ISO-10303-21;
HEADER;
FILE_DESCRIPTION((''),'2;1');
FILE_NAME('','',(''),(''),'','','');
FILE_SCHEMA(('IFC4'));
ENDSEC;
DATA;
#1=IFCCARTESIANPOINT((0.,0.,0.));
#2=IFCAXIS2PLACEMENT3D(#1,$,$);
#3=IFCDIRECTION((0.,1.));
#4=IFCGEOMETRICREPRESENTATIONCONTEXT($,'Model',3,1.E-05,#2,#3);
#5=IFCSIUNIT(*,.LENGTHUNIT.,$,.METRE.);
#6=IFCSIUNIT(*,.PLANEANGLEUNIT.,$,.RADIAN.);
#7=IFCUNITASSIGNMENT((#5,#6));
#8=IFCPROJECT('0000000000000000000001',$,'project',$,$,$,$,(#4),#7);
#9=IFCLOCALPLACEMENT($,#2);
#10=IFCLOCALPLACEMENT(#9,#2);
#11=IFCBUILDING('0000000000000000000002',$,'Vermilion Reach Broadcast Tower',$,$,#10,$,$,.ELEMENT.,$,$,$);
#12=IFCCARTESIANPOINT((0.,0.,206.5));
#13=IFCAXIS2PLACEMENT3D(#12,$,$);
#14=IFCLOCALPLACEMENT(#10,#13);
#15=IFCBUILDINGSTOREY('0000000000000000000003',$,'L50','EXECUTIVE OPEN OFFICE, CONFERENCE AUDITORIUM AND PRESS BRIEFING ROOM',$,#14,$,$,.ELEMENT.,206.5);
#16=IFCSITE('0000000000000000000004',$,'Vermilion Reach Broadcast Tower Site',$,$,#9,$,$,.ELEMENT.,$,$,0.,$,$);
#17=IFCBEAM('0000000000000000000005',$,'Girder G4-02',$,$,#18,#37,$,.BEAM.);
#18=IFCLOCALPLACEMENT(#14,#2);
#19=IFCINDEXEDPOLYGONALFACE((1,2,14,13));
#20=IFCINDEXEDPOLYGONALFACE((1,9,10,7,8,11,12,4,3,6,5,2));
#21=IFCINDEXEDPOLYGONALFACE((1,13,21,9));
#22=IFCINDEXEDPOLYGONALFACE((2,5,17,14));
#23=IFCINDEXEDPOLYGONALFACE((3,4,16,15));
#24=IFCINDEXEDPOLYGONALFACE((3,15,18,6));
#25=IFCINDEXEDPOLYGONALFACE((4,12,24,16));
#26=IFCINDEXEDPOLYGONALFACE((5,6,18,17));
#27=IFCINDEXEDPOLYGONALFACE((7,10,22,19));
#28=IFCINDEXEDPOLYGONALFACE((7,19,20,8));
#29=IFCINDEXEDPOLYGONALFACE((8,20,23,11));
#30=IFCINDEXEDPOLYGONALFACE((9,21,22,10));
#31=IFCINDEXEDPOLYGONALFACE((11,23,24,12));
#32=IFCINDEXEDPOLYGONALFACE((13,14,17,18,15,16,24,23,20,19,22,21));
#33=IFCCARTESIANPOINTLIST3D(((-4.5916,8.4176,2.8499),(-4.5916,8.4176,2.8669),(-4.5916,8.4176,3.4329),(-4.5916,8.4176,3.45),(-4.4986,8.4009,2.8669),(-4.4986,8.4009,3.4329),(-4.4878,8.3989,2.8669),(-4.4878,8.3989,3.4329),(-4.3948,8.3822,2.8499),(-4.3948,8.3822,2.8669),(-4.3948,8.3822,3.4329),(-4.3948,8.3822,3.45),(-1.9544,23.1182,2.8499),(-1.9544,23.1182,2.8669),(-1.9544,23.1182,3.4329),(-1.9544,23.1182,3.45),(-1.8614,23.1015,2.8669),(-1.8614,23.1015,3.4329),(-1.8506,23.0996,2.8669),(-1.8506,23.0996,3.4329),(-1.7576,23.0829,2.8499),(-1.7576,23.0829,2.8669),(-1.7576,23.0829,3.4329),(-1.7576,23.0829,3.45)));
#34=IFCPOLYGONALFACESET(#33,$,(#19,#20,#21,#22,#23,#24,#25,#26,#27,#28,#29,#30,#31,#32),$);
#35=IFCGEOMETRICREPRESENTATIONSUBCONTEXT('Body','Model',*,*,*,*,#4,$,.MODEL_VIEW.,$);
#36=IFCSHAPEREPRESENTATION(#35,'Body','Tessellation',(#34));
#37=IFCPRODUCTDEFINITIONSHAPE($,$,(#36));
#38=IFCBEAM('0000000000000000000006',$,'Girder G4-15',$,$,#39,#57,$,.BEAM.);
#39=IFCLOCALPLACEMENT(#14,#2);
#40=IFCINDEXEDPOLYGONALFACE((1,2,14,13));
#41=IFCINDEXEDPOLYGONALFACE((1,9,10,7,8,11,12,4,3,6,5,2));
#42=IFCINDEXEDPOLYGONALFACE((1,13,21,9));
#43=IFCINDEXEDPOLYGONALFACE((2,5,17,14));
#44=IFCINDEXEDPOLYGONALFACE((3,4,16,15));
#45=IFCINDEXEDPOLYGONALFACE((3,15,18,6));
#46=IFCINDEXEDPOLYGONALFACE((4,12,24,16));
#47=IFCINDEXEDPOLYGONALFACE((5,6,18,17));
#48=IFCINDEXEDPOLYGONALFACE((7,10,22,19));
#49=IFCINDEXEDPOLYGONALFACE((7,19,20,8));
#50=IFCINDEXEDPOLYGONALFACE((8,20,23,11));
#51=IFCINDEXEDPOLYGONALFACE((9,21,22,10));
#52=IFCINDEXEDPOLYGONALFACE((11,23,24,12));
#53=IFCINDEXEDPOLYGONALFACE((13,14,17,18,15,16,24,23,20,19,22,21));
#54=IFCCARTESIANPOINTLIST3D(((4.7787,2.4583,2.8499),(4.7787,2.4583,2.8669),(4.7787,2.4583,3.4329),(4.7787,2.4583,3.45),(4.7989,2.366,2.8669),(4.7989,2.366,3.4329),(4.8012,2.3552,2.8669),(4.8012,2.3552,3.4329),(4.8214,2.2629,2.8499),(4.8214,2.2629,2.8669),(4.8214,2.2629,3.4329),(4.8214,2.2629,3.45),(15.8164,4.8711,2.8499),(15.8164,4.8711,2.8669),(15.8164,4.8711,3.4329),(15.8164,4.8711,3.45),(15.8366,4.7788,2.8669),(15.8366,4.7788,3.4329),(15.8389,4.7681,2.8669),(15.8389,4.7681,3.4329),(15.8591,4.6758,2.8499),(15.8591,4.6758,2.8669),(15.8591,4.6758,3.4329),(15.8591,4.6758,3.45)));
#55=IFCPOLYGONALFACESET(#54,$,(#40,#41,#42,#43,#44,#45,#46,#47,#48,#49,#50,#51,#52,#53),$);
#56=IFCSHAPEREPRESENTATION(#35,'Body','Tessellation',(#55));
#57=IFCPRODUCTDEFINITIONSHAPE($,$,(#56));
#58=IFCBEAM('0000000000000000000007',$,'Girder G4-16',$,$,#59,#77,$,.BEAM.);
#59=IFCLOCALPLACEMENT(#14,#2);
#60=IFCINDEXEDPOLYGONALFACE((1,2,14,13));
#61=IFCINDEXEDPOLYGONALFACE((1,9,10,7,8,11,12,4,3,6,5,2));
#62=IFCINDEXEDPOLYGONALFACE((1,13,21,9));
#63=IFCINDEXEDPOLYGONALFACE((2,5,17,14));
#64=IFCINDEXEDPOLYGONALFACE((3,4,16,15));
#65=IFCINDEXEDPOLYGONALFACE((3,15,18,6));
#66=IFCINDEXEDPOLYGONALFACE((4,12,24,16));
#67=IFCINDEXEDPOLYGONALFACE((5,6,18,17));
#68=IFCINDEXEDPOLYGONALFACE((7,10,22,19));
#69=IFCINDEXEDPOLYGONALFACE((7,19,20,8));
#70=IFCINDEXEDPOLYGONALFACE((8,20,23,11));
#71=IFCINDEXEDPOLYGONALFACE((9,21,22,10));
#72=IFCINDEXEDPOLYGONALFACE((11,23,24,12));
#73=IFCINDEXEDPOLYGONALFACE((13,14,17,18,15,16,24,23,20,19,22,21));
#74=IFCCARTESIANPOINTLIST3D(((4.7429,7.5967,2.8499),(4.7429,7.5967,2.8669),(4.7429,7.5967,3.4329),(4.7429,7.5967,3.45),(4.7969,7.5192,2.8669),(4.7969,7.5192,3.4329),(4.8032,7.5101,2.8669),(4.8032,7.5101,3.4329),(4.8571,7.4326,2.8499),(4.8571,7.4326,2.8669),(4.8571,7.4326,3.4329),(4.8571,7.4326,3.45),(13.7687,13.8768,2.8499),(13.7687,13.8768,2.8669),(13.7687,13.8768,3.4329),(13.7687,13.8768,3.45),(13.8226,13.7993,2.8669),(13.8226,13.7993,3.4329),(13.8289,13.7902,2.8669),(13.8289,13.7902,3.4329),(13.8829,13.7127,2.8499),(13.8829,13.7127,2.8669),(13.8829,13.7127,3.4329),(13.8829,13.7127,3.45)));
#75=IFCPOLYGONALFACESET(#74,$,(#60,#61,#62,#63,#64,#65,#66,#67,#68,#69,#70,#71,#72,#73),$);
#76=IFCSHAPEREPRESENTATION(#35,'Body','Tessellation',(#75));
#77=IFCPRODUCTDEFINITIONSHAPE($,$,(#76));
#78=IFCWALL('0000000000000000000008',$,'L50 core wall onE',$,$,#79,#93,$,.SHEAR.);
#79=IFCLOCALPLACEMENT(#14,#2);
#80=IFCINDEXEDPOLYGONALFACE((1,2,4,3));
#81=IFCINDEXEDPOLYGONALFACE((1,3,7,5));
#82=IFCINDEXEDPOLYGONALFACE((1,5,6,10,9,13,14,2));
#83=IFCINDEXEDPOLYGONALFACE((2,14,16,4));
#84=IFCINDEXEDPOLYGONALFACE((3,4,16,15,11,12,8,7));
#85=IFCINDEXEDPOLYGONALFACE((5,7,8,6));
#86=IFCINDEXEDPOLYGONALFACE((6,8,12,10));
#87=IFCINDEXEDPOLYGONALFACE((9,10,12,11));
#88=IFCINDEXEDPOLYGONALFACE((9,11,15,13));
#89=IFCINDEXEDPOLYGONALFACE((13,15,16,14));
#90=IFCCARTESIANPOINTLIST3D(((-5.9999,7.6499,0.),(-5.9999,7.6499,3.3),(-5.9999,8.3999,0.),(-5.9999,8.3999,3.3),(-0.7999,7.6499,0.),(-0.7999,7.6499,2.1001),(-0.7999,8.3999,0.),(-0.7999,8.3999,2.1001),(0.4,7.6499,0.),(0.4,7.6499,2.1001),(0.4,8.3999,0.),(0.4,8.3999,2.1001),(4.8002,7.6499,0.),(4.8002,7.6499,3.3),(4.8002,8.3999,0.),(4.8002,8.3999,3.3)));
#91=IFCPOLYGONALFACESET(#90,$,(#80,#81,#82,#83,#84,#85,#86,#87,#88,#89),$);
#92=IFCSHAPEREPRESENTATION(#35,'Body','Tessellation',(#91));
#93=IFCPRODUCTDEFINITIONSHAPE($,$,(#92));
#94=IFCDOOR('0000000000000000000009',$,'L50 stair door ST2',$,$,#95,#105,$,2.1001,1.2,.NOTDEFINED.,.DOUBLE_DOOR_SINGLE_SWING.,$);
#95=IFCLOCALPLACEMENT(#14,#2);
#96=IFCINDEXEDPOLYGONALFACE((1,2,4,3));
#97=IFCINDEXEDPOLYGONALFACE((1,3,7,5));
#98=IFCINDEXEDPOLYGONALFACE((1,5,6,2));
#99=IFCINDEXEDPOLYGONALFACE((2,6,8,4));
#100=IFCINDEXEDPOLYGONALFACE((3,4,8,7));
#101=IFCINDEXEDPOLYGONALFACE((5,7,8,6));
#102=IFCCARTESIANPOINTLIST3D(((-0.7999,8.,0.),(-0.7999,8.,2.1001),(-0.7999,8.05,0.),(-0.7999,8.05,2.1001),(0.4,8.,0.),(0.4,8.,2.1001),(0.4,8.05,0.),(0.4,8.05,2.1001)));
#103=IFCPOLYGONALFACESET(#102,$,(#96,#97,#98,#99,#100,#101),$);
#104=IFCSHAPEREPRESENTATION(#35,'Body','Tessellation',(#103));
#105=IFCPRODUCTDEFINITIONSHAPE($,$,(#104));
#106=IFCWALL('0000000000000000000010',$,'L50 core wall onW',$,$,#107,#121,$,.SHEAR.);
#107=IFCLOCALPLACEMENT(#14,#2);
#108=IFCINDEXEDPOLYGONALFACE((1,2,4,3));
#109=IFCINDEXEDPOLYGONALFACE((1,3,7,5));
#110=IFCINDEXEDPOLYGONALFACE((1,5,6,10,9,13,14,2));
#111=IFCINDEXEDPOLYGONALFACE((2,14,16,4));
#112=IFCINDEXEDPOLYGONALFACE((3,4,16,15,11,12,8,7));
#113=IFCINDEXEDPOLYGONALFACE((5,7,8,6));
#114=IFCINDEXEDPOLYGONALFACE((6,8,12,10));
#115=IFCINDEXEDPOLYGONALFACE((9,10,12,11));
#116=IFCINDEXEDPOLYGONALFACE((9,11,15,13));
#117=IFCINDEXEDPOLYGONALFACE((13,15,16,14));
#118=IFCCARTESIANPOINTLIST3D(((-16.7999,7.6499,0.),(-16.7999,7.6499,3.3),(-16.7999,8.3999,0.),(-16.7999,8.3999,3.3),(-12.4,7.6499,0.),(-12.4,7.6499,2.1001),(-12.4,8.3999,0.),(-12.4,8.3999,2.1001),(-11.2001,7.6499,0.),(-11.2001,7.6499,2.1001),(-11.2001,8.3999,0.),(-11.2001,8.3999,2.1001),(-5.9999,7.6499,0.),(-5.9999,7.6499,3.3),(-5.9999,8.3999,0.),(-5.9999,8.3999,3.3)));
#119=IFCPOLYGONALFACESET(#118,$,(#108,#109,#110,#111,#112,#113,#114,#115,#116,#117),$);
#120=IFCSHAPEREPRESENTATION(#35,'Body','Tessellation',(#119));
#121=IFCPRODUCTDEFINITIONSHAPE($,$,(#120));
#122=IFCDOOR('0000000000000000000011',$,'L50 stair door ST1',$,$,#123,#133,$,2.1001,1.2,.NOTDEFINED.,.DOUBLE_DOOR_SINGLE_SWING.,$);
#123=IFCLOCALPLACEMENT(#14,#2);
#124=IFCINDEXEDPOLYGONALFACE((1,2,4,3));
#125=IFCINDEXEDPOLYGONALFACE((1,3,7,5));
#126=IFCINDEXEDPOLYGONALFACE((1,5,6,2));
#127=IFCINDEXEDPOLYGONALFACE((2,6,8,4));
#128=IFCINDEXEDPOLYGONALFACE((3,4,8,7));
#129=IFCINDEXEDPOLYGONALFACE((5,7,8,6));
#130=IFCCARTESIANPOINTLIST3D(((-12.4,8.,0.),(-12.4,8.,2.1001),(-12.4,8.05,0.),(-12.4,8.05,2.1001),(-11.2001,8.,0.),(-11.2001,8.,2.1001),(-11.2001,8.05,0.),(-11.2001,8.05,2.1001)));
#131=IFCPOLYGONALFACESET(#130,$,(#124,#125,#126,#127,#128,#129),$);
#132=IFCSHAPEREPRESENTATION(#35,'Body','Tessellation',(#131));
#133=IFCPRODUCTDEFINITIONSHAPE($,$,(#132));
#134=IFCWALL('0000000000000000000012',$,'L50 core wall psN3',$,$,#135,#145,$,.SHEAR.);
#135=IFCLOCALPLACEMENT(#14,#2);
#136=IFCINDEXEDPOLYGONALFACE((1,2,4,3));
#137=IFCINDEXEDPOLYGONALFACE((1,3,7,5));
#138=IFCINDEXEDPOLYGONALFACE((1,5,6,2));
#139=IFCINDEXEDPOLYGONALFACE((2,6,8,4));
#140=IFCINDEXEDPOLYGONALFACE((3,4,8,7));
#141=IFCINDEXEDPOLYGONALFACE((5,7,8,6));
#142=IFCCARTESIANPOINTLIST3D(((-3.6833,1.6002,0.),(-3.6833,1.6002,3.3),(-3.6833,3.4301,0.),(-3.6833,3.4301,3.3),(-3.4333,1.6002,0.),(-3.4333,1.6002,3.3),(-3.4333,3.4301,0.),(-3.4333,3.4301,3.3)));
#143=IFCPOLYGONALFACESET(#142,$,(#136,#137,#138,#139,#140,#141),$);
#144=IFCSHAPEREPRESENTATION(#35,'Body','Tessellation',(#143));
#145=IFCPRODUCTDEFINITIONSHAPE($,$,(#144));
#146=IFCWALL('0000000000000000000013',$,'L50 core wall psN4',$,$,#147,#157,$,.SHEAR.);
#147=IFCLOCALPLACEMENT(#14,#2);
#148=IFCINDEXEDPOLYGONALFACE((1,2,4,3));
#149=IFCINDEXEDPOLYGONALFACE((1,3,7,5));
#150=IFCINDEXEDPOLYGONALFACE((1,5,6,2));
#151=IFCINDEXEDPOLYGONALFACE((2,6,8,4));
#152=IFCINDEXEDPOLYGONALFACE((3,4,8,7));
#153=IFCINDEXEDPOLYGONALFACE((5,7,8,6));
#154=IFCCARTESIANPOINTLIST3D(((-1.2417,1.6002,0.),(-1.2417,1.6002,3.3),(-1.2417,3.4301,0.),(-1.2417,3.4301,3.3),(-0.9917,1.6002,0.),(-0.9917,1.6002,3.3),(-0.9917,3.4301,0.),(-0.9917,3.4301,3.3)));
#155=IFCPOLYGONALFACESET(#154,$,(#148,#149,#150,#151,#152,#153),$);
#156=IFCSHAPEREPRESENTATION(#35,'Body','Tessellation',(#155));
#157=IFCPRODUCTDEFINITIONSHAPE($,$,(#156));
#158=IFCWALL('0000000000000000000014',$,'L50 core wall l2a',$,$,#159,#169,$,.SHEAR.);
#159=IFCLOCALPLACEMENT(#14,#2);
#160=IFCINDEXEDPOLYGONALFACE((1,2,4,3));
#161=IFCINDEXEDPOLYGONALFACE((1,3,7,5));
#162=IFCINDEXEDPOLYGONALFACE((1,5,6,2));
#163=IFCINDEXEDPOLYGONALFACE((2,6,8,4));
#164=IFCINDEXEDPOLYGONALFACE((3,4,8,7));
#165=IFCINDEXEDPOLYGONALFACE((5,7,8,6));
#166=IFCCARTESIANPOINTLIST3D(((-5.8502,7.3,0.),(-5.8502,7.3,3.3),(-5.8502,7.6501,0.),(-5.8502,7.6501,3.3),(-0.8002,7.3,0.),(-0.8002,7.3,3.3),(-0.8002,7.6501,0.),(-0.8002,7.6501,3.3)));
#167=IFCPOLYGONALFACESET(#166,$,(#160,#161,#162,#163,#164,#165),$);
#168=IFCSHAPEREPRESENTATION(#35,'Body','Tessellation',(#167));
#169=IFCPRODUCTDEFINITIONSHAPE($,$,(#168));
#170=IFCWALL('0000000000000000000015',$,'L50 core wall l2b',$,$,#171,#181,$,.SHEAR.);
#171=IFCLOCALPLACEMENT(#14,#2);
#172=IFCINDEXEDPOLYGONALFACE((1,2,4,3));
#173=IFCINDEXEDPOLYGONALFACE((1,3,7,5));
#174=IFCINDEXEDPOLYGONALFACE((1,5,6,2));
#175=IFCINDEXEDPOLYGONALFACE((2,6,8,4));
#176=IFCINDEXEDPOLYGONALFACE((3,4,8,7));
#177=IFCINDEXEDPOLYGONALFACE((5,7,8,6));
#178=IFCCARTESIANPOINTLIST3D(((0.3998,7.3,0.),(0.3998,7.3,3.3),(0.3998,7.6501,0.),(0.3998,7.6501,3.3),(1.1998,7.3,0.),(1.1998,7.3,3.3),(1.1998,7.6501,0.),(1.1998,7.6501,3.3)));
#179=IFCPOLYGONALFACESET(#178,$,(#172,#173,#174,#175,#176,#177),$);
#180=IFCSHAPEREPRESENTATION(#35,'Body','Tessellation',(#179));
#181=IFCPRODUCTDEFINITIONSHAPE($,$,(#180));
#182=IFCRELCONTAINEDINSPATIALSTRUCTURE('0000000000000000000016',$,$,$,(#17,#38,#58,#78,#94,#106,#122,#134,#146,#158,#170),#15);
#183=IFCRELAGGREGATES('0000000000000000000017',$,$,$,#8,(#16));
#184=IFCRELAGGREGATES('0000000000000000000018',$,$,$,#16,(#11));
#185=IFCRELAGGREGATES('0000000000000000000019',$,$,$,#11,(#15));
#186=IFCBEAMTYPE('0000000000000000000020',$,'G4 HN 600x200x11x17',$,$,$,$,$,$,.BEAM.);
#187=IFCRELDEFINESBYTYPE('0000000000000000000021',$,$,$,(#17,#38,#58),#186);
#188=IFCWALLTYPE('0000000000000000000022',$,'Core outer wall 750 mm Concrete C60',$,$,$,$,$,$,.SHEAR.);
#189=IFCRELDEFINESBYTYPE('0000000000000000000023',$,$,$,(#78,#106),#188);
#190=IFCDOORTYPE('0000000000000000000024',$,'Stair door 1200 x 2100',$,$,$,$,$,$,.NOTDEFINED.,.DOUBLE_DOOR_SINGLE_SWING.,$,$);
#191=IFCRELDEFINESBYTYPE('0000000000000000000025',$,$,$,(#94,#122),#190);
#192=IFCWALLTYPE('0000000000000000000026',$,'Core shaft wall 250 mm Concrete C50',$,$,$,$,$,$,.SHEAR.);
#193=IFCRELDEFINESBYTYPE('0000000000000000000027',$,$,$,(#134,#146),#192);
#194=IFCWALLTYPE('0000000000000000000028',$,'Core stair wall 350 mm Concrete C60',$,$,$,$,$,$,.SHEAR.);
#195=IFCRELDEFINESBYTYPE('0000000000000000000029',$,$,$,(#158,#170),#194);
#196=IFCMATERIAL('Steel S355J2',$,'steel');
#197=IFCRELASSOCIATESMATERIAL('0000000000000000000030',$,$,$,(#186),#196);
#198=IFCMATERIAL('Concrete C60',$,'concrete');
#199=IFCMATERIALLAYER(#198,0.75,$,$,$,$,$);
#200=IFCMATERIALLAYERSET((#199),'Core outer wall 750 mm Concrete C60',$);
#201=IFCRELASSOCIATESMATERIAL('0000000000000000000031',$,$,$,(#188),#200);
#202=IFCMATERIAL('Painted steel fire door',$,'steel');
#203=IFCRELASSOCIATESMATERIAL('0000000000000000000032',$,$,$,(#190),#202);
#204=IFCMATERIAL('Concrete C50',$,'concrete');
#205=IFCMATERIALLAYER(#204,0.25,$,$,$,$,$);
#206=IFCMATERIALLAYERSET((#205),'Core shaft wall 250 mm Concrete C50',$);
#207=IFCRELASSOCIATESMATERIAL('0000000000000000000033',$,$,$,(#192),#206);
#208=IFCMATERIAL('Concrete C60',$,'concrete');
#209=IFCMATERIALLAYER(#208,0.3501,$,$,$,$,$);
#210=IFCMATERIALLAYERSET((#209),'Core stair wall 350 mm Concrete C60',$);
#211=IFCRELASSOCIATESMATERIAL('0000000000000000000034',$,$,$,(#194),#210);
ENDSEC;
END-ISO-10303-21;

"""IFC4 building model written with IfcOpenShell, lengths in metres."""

from ifc_helpers import new_model, si_unit, direction, frame, frame_2d, origin, origin_2d, place, context, subcontext, project, spatial, rectangle, i_section, extrude, material, layer, layer_set, material_profile, profile_set, type_object, element, fill, save


model = new_model("IFC4")

# Units and contexts
model_context = context("Model", 3, precision=1e-05, world=origin(), true_north=direction((0.0, 1.0)))
body_context = subcontext(model_context, "Body", "Model", "MODEL_VIEW")
ifc_project = project(units=[si_unit("LENGTHUNIT", "METRE"), si_unit("PLANEANGLEUNIT", "RADIAN")], contexts=[model_context])

# Site, building, storey
site_placement = place(None, origin())
site = spatial("IfcSite", under=ifc_project, at=site_placement, Name="Vermilion Reach Broadcast Tower Site", CompositionType="ELEMENT", RefElevation=0.0)
building_placement = place(site_placement, origin())
building = spatial("IfcBuilding", under=site, at=building_placement, Name="Vermilion Reach Broadcast Tower", CompositionType="ELEMENT")
storey_placement = place(building_placement, frame((0.0, 0.0, 206.5)))
storey = spatial("IfcBuildingStorey", under=building, at=storey_placement, Name="L50", Description="EXECUTIVE OPEN OFFICE, CONFERENCE AUDITORIUM AND PRESS BRIEFING ROOM", CompositionType="ELEMENT", Elevation=206.5)

# Beams
ifc_material_1 = material(Name="Steel S355J2", Category="steel")
ifc_material_profile = material_profile(ifc_material_1, i_section(OverallWidth=0.2, OverallDepth=0.6001, WebThickness=0.011, FlangeThickness=0.0171, at=origin_2d()), Name="S355J2 HN 600x200x11x17")
ifc_profile_set = profile_set([ifc_material_profile], Name="Steel S355J2")
beam_type = type_object("IfcBeamType", Name="G4 HN 600x200x11x17", PredefinedType="BEAM", material=ifc_profile_set)
beam_1_placement = place(storey_placement, frame((-4.4932, 8.3999, 3.1499), z_axis=(0.176575, 0.984287, 0.0), x_axis=(-0.984287, 0.176575, 0.0)))
element("IfcBeam", 1, at=beam_1_placement, inside=storey, type_object=beam_type, Name="Girder G4-02", PredefinedType="BEAM", context=body_context, shape_type="SweptSolid", body=[
    extrude(i_section(OverallWidth=0.2, OverallDepth=0.6001, WebThickness=0.011, FlangeThickness=0.0171, at=origin_2d()), origin(), (0.0, 0.0, 1.0), 14.9353),
])
beam_2_placement = place(storey_placement, frame((4.8, 2.3606, 3.1499), z_axis=(0.97693, 0.213559, 0.0), x_axis=(-0.213559, 0.97693, 0.0)))
element("IfcBeam", 2, at=beam_2_placement, inside=storey, type_object=beam_type, Name="Girder G4-15", PredefinedType="BEAM", context=body_context, shape_type="SweptSolid", body=[
    extrude(i_section(OverallWidth=0.2, OverallDepth=0.6001, WebThickness=0.011, FlangeThickness=0.0171, at=origin_2d()), origin(), (0.0, 0.0, 1.0), 11.2983),
])
beam_3_placement = place(storey_placement, frame((4.8, 7.5146, 3.1499), z_axis=(0.820849, 0.571146, 0.0), x_axis=(-0.571146, 0.820849, 0.0)))
element("IfcBeam", 3, at=beam_3_placement, inside=storey, type_object=beam_type, Name="Girder G4-16", PredefinedType="BEAM", context=body_context, shape_type="SweptSolid", body=[
    extrude(i_section(OverallWidth=0.2, OverallDepth=0.6001, WebThickness=0.011, FlangeThickness=0.0171, at=origin_2d()), origin(), (0.0, 0.0, 1.0), 10.9956),
])

# Walls, openings, doors
ifc_material_2 = material(Name="Concrete C60", Category="concrete")
ifc_layer_1 = layer(ifc_material_2, 0.75)
ifc_layer_set_1 = layer_set([ifc_layer_1], Name="Core outer wall 750 mm Concrete C60")
wall_type_1 = type_object("IfcWallType", Name="Core outer wall 750 mm Concrete C60", PredefinedType="SHEAR", material=ifc_layer_set_1)
wall_1_placement = place(storey_placement, frame((4.8, 8.0249, 0.0), z_axis=(0.0, 0.0, 1.0), x_axis=(-1.0, 0.0, 0.0)))
wall_1 = element("IfcWall", 4, at=wall_1_placement, inside=storey, type_object=wall_type_1, Name="L50 core wall onE", PredefinedType="SHEAR", context=body_context, shape_type="SweptSolid", body=[
    extrude(rectangle(XDim=10.8, YDim=0.75, at=frame_2d((5.3999, 0.0))), origin(), (0.0, 0.0, 1.0), 3.3),
])
opening_1_placement = place(wall_1_placement, frame((4.3999, 0.0, 0.0)))
opening_1 = element("IfcOpeningElement", 5, at=opening_1_placement, cuts=wall_1, PredefinedType="OPENING", context=body_context, shape_type="SweptSolid", body=[
    extrude(rectangle(XDim=1.2, YDim=2.1001, at=frame_2d((0.6001, 1.05))), frame((0.0, 0.385, 0.0), z_axis=(0.0, -1.0, 0.0), x_axis=(1.0, 0.0, 0.0)), (0.0, 0.0, 1.0), 0.77),
])
ifc_material_3 = material(Name="Painted steel fire door", Category="steel")
door_type = type_object("IfcDoorType", Name="Stair door 1200 x 2100", OperationType="DOUBLE_DOOR_SINGLE_SWING", PredefinedType="NOTDEFINED", material=ifc_material_3)
door_1_placement = place(opening_1_placement, origin())
door_1 = element("IfcDoor", 6, at=door_1_placement, inside=storey, type_object=door_type, Name="L50 stair door ST2", OperationType="DOUBLE_DOOR_SINGLE_SWING", OverallHeight=2.1001, OverallWidth=1.2, PredefinedType="NOTDEFINED", context=body_context, shape_type="SweptSolid", body=[
    extrude(rectangle(XDim=1.2, YDim=2.1001, at=frame_2d((0.6001, 1.05))), frame((0.0, 0.0249, 0.0), z_axis=(0.0, -1.0, 0.0), x_axis=(1.0, 0.0, 0.0)), (0.0, 0.0, 1.0), 0.05),
])
fill(opening_1, door_1)
wall_2_placement = place(storey_placement, frame((-6.0, 8.0249, 0.0), z_axis=(0.0, 0.0, 1.0), x_axis=(-1.0, 0.0, 0.0)))
wall_2 = element("IfcWall", 7, at=wall_2_placement, inside=storey, type_object=wall_type_1, Name="L50 core wall onW", PredefinedType="SHEAR", context=body_context, shape_type="SweptSolid", body=[
    extrude(rectangle(XDim=10.8, YDim=0.75, at=frame_2d((5.3999, 0.0))), origin(), (0.0, 0.0, 1.0), 3.3),
])
opening_2_placement = place(wall_2_placement, frame((5.2, 0.0, 0.0)))
opening_2 = element("IfcOpeningElement", 8, at=opening_2_placement, cuts=wall_2, PredefinedType="OPENING", context=body_context, shape_type="SweptSolid", body=[
    extrude(rectangle(XDim=1.2, YDim=2.1001, at=frame_2d((0.6001, 1.05))), frame((0.0, 0.385, 0.0), z_axis=(0.0, -1.0, 0.0), x_axis=(1.0, 0.0, 0.0)), (0.0, 0.0, 1.0), 0.77),
])
door_2_placement = place(opening_2_placement, origin())
door_2 = element("IfcDoor", 9, at=door_2_placement, inside=storey, type_object=door_type, Name="L50 stair door ST1", OperationType="DOUBLE_DOOR_SINGLE_SWING", OverallHeight=2.1001, OverallWidth=1.2, PredefinedType="NOTDEFINED", context=body_context, shape_type="SweptSolid", body=[
    extrude(rectangle(XDim=1.2, YDim=2.1001, at=frame_2d((0.6001, 1.05))), frame((0.0, 0.0249, 0.0), z_axis=(0.0, -1.0, 0.0), x_axis=(1.0, 0.0, 0.0)), (0.0, 0.0, 1.0), 0.05),
])
fill(opening_2, door_2)

# Walls
ifc_material_4 = material(Name="Concrete C50", Category="concrete")
ifc_layer_2 = layer(ifc_material_4, 0.25)
ifc_layer_set_2 = layer_set([ifc_layer_2], Name="Core shaft wall 250 mm Concrete C50")
wall_type_2 = type_object("IfcWallType", Name="Core shaft wall 250 mm Concrete C50", PredefinedType="SHEAR", material=ifc_layer_set_2)
for number, where, z_axis, x_axis, name in (
    (10, (-3.5583, 1.6001, 0.0), (0.0, 0.0, 1.0), (0.0, 1.0, 0.0), "L50 core wall psN3"),
    (11, (-1.1167, 1.6001, 0.0), (0.0, 0.0, 1.0), (0.0, 1.0, 0.0), "L50 core wall psN4"),
):
    element("IfcWall", number, at=place(storey_placement, frame(where, z_axis=z_axis, x_axis=x_axis)), inside=storey, type_object=wall_type_2, Name=name, PredefinedType="SHEAR", context=body_context, shape_type="SweptSolid", body=[
        extrude(rectangle(XDim=1.8298, YDim=0.25, at=frame_2d((0.915, 0.0))), origin(), (0.0, 0.0, 1.0), 3.3),
    ])
ifc_material_5 = material(Name="Concrete C60", Category="concrete")
ifc_layer_3 = layer(ifc_material_5, 0.3501)
ifc_layer_set_3 = layer_set([ifc_layer_3], Name="Core stair wall 350 mm Concrete C60")
wall_type_3 = type_object("IfcWallType", Name="Core stair wall 350 mm Concrete C60", PredefinedType="SHEAR", material=ifc_layer_set_3)
wall_3_placement = place(storey_placement, frame((-5.8501, 7.4751, 0.0), z_axis=(0.0, 0.0, 1.0), x_axis=(1.0, 0.0, 0.0)))
element("IfcWall", 12, at=wall_3_placement, inside=storey, type_object=wall_type_3, Name="L50 core wall l2a", PredefinedType="SHEAR", context=body_context, shape_type="SweptSolid", body=[
    extrude(rectangle(XDim=5.05, YDim=0.3501, at=frame_2d((2.5249, 0.0))), origin(), (0.0, 0.0, 1.0), 3.3),
])
wall_4_placement = place(storey_placement, frame((0.3999, 7.4751, 0.0), z_axis=(0.0, 0.0, 1.0), x_axis=(1.0, 0.0, 0.0)))
element("IfcWall", 13, at=wall_4_placement, inside=storey, type_object=wall_type_3, Name="L50 core wall l2b", PredefinedType="SHEAR", context=body_context, shape_type="SweptSolid", body=[
    extrude(rectangle(XDim=0.8, YDim=0.3501, at=frame_2d((0.3999, 0.0))), origin(), (0.0, 0.0, 1.0), 3.3),
])

save(model, "model.ifc")
